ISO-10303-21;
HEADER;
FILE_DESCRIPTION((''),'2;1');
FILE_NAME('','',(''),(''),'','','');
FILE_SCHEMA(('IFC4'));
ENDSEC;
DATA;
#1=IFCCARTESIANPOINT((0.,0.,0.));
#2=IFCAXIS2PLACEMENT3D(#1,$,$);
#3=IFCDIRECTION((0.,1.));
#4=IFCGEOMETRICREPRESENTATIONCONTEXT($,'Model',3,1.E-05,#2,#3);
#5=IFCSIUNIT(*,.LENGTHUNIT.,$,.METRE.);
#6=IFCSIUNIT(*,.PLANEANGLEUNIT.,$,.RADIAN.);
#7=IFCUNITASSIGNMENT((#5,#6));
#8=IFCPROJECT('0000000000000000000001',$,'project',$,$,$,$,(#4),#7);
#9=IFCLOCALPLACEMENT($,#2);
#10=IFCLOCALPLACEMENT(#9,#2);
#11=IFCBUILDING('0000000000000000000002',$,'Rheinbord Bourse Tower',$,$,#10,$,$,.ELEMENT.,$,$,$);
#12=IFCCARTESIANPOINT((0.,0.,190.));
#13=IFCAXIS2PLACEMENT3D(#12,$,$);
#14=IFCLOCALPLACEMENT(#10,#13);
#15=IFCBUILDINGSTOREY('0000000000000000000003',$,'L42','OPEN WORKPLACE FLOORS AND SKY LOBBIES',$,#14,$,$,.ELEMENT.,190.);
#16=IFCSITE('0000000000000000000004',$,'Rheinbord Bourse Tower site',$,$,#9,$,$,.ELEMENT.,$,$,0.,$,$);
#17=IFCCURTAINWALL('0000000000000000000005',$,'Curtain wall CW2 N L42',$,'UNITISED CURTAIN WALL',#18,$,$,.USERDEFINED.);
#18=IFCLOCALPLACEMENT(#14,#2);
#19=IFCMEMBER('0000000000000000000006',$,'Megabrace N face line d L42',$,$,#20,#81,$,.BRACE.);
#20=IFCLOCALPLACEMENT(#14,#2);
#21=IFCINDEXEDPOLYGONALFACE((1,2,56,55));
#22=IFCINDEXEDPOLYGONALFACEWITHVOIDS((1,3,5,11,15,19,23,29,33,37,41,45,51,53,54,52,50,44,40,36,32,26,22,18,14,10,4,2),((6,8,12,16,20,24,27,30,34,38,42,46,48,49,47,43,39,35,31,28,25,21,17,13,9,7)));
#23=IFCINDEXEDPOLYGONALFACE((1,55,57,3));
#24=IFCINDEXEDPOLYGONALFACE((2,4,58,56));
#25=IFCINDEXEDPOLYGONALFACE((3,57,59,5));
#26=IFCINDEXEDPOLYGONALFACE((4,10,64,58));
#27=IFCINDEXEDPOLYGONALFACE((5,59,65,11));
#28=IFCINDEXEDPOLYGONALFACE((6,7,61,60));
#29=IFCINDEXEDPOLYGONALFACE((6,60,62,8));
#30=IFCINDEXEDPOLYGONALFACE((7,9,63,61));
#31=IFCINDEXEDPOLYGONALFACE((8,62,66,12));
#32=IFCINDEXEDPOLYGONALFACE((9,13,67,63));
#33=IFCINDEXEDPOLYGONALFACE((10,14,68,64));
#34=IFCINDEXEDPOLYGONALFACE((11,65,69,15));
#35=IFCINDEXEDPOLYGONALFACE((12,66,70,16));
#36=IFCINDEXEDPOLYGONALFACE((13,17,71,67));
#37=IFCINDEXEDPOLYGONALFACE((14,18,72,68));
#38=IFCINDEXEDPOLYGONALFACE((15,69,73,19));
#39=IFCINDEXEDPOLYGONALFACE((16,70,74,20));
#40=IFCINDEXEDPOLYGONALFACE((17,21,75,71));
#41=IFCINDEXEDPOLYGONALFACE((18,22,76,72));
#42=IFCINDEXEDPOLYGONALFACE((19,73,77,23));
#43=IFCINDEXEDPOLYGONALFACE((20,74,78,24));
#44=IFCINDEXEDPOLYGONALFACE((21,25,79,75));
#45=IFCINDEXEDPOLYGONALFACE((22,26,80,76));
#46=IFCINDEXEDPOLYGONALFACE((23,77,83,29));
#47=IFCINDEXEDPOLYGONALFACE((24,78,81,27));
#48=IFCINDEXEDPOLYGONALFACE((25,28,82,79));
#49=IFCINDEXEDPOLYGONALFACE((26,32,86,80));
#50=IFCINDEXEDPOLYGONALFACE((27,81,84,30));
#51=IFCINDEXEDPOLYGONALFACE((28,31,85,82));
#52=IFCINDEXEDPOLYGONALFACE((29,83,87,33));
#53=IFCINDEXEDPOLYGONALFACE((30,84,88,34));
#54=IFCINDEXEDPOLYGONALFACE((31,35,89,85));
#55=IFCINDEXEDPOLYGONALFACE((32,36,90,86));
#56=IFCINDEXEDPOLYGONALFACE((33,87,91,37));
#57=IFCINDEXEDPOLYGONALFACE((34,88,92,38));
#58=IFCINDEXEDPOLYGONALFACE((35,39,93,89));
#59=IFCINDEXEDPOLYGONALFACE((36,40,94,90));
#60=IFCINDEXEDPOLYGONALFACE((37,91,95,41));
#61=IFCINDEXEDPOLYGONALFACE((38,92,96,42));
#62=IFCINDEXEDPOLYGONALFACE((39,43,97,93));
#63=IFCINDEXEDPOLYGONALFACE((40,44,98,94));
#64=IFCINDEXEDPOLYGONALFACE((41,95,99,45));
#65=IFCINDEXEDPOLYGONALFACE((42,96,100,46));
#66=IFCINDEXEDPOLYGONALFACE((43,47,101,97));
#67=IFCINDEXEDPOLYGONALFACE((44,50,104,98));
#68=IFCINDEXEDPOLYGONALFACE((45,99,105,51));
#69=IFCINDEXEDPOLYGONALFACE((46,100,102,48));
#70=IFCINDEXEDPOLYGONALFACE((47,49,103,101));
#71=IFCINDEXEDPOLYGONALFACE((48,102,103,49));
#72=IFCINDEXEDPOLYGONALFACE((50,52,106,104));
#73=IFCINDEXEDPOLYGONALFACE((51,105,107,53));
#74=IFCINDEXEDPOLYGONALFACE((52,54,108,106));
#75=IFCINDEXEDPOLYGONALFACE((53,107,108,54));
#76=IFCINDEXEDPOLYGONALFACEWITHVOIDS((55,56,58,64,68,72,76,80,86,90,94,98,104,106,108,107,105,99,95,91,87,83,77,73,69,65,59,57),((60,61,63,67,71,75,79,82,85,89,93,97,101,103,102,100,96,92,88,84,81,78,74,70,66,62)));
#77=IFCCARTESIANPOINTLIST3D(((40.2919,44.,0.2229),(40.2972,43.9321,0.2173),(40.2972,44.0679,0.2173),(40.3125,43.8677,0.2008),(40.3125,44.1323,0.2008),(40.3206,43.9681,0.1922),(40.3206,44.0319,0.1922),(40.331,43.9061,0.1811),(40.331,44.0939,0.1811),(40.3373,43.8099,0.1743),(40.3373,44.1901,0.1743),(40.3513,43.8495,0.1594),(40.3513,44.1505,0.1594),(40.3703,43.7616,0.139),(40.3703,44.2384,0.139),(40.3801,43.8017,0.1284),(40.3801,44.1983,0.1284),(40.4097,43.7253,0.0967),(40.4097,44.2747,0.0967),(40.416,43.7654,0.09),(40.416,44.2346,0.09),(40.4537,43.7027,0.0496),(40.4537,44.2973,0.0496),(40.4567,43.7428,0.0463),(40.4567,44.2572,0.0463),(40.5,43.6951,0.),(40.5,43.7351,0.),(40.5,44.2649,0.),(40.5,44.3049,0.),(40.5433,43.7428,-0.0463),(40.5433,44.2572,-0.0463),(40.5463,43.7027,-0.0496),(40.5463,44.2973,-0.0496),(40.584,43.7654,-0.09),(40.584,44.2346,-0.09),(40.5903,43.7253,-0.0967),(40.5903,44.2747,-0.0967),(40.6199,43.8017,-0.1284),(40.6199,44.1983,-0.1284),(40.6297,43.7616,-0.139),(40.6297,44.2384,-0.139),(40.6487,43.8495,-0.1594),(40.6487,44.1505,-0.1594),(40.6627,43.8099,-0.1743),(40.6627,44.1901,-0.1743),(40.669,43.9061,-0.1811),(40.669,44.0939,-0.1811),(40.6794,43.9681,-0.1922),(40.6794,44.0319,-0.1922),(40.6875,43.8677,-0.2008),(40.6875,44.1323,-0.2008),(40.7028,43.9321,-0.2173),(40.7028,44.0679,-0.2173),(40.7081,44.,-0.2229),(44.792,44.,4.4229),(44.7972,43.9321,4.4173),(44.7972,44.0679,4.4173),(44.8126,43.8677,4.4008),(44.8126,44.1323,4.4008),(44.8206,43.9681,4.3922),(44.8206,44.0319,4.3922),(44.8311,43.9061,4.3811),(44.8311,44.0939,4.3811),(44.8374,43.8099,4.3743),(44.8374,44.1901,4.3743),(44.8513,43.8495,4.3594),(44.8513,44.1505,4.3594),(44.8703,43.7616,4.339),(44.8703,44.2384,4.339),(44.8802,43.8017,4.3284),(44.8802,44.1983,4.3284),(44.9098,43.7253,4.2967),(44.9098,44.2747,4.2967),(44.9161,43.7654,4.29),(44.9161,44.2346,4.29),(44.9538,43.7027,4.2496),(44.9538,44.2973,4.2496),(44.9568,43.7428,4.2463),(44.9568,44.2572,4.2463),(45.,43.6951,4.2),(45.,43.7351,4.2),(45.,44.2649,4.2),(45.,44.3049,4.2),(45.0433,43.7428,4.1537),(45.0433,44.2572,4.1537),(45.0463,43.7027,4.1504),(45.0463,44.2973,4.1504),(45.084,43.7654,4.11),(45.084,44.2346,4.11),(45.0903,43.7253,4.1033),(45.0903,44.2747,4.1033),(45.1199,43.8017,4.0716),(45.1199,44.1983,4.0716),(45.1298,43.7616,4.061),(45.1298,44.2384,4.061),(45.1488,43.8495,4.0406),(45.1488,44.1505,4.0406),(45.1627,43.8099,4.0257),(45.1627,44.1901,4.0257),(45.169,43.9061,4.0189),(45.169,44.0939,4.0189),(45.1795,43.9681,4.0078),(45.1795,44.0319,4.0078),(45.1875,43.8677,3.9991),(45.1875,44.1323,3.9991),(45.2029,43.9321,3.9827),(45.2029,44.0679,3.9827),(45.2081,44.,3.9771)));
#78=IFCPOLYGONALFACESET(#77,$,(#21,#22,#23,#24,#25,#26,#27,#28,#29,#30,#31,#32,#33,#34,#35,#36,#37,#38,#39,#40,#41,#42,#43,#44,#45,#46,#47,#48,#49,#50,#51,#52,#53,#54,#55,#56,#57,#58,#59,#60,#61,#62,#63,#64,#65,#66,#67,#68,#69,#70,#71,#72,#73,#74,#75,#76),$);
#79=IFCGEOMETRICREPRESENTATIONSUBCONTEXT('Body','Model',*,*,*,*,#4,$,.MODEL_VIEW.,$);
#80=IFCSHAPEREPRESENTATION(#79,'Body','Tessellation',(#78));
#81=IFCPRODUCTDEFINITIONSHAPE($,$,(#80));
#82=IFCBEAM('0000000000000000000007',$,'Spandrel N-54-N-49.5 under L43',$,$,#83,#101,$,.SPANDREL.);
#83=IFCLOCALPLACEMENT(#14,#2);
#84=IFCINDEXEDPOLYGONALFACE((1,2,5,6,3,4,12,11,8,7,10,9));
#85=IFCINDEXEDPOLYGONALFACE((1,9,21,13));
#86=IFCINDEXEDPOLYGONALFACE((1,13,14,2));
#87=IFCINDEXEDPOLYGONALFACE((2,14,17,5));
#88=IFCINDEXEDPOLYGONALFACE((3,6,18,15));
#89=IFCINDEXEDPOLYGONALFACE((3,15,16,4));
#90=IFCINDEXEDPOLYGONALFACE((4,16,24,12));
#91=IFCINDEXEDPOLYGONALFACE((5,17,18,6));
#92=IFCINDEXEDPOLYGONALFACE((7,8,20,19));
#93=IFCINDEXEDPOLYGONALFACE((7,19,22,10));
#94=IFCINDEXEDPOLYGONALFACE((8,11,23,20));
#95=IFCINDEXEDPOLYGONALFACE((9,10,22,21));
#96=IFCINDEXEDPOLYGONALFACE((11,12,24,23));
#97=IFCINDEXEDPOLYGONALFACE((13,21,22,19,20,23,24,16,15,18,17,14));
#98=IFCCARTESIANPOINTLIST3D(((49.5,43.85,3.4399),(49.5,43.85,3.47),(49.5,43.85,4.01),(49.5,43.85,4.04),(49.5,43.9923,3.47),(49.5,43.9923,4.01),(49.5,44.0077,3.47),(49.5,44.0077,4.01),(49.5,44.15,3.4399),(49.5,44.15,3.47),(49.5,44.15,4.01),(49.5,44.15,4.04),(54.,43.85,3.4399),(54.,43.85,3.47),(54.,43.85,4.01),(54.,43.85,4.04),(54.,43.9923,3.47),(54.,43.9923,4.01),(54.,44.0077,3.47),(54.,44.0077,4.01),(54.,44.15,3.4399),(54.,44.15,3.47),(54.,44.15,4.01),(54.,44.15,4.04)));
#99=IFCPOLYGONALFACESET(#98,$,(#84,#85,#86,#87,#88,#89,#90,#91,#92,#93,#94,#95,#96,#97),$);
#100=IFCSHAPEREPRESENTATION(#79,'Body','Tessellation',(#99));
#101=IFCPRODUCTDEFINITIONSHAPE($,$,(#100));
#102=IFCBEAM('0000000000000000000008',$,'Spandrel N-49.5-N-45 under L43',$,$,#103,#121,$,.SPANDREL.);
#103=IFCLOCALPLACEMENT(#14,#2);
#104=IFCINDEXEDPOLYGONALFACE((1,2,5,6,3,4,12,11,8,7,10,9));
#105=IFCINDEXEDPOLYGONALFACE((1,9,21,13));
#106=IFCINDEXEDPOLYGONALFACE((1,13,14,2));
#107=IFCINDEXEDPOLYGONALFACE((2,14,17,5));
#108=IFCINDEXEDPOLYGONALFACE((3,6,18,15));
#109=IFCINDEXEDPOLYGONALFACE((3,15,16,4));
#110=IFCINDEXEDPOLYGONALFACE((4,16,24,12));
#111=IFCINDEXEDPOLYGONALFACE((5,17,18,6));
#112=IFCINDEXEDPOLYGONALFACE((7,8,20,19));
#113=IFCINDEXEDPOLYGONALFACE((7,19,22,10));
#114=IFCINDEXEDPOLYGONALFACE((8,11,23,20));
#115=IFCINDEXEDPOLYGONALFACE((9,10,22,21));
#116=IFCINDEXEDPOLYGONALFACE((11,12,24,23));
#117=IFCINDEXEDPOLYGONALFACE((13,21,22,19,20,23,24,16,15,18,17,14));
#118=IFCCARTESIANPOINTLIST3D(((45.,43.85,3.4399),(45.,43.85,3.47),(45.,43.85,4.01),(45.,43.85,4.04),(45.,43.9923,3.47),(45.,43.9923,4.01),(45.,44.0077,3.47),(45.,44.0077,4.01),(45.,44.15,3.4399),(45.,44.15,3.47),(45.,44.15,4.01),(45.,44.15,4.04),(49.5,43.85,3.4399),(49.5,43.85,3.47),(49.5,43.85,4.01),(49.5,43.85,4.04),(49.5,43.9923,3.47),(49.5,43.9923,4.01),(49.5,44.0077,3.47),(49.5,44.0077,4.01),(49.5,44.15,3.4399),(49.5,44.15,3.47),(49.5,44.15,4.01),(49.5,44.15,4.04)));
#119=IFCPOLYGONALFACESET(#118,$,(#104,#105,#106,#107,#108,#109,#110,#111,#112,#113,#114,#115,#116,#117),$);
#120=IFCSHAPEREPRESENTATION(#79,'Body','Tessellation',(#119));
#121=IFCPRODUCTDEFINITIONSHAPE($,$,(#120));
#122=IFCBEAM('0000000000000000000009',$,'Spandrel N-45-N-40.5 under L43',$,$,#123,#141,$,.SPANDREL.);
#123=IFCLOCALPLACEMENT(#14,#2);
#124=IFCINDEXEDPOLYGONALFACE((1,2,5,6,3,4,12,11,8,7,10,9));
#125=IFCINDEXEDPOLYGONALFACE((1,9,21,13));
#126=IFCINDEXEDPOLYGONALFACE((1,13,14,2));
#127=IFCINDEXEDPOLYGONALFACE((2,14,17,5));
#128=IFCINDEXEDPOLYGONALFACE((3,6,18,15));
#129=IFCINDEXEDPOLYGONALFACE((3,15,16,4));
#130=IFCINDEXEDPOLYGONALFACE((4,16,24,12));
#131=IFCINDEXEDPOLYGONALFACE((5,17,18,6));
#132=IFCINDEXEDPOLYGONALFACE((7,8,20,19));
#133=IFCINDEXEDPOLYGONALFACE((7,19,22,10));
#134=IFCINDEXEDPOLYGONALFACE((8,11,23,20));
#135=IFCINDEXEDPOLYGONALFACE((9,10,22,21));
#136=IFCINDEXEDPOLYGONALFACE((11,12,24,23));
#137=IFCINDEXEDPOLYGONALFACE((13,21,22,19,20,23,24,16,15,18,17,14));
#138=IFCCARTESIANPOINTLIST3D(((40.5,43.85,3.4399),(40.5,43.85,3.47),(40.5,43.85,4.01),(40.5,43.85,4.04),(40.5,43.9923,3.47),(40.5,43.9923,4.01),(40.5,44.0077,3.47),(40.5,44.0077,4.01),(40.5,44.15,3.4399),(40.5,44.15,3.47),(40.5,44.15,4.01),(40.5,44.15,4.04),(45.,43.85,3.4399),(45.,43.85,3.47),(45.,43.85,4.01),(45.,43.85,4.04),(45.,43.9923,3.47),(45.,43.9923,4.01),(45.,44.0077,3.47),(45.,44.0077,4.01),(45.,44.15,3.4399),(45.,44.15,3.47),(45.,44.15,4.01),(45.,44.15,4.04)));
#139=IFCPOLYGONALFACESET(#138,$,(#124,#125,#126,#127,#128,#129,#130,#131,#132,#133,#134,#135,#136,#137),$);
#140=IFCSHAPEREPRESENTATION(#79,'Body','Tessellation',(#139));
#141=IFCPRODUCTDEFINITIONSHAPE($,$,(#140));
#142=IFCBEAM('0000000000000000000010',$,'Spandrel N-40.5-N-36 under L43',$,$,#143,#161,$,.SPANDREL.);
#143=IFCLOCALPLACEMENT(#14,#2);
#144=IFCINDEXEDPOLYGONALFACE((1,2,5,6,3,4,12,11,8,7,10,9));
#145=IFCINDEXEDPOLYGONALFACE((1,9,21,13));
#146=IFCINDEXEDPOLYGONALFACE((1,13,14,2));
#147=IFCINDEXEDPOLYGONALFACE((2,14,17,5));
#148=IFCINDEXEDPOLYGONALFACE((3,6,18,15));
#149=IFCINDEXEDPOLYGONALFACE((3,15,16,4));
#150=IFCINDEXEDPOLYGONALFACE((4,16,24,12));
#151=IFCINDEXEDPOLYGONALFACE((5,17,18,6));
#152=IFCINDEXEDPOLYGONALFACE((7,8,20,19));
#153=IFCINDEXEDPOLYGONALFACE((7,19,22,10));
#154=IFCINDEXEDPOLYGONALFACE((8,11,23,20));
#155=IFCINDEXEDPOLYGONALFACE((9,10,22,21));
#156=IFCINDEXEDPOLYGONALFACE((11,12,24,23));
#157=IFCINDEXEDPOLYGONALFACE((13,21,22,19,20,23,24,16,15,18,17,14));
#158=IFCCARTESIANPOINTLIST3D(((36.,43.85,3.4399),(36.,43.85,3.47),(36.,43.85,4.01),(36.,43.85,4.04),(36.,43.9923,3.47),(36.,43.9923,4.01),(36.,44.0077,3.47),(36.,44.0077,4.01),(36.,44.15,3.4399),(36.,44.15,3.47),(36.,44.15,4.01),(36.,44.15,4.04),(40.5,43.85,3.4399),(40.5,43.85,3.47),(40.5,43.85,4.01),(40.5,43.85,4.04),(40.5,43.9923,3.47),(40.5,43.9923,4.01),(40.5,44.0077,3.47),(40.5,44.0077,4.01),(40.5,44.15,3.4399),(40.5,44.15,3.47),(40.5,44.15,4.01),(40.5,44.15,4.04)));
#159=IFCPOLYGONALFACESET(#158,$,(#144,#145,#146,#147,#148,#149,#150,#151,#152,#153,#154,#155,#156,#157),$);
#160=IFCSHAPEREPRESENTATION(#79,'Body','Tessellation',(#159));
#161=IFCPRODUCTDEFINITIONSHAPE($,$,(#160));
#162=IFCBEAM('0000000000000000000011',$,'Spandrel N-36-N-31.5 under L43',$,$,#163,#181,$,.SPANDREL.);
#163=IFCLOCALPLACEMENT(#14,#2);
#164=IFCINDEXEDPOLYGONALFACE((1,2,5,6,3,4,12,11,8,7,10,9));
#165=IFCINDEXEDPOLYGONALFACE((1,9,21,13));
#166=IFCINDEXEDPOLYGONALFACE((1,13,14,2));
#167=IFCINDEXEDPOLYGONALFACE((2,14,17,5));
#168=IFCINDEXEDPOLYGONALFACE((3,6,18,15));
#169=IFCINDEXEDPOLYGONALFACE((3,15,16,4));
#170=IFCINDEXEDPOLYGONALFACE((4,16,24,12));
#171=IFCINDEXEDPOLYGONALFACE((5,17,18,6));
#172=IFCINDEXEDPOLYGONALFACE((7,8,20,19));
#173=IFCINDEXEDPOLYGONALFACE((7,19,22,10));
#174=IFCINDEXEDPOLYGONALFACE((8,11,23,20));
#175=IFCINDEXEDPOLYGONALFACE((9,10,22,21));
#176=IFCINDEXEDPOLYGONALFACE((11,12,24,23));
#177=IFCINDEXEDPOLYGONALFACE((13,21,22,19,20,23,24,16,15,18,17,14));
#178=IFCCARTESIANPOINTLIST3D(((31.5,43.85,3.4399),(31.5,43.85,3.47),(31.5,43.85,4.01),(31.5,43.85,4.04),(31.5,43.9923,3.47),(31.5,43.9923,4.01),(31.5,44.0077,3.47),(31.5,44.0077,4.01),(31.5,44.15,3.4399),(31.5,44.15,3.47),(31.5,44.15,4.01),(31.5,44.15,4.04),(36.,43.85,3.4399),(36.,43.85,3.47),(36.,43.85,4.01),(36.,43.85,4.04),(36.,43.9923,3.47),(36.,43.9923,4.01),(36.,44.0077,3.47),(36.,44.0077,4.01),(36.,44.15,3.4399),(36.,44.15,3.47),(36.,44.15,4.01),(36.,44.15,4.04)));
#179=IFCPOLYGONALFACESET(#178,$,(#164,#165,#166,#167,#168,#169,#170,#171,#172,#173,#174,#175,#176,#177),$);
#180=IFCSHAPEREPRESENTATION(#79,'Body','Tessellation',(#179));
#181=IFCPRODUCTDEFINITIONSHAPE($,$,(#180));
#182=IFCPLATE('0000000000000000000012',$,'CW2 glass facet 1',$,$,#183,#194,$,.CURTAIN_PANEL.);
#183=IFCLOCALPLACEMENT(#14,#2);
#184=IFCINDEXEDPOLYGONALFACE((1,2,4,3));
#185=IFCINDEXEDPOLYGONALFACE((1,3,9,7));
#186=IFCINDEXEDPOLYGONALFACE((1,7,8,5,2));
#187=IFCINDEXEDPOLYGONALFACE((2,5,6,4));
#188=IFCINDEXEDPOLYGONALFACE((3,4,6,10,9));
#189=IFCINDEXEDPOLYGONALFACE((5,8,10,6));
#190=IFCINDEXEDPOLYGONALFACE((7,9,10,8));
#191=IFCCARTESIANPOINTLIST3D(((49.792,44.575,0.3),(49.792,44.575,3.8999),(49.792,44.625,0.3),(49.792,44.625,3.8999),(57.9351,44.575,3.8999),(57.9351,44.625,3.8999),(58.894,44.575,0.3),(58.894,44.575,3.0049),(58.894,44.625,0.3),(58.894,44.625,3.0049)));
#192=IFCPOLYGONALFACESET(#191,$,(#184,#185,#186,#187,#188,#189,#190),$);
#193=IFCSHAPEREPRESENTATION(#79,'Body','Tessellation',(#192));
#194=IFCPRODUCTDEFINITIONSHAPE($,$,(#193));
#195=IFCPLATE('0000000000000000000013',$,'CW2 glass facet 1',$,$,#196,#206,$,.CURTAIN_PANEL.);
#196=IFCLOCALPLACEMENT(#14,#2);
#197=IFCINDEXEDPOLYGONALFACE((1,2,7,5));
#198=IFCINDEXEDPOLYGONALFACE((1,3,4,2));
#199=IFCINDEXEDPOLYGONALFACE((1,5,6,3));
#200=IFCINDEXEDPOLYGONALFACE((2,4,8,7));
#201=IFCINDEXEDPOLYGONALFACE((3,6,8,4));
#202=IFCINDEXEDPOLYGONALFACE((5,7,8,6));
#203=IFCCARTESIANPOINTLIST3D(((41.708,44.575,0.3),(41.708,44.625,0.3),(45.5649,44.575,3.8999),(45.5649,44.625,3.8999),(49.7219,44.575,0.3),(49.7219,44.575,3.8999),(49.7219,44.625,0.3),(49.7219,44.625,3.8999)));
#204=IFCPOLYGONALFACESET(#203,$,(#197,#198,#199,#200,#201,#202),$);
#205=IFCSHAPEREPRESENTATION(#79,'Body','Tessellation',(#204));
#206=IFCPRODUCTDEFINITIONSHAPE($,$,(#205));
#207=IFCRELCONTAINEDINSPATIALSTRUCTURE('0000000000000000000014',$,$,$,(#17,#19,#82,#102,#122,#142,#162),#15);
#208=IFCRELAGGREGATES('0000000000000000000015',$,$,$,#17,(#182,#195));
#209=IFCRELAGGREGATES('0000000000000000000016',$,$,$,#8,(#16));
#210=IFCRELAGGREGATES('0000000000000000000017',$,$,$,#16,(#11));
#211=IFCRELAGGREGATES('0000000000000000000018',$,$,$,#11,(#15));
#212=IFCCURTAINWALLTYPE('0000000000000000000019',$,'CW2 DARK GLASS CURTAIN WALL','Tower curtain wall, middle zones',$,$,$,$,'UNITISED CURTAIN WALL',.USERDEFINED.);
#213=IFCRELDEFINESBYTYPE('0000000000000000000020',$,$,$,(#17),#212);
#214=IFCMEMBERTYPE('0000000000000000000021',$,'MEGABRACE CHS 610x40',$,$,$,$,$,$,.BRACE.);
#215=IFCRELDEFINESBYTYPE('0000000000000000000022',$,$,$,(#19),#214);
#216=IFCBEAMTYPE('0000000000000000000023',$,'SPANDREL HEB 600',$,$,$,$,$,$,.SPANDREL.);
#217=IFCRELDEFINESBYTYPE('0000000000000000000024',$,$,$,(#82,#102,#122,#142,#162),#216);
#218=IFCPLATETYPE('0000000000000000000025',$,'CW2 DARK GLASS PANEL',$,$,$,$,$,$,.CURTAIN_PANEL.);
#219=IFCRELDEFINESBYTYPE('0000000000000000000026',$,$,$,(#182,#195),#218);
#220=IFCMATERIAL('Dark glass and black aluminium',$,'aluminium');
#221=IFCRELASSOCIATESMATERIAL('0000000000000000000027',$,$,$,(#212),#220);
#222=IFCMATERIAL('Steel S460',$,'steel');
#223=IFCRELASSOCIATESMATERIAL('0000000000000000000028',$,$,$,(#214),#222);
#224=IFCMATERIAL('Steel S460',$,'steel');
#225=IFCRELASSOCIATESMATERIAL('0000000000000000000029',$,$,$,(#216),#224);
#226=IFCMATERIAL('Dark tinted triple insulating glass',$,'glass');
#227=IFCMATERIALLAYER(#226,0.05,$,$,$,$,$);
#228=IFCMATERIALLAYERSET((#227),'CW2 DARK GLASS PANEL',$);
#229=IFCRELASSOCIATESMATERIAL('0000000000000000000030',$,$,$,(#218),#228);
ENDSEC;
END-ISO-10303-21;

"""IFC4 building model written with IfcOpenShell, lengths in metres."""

from ifc_helpers import new_model, si_unit, direction, frame, origin, origin_2d, place, context, subcontext, project, spatial, polyline, hollow_circle, i_section, outline, extrude, material, layer, layer_set, material_profile, profile_set, type_object, element, aggregate, save


model = new_model("IFC4")

# Units and contexts
model_context = context("Model", 3, precision=1e-05, world=origin(), true_north=direction((0.0, 1.0)))
body_context = subcontext(model_context, "Body", "Model", "MODEL_VIEW")
ifc_project = project(units=[si_unit("LENGTHUNIT", "METRE"), si_unit("PLANEANGLEUNIT", "RADIAN")], contexts=[model_context])

# Site, building, storey
site_placement = place(None, origin())
site = spatial("IfcSite", under=ifc_project, at=site_placement, Name="Rheinbord Bourse Tower site", CompositionType="ELEMENT", RefElevation=0.0)
building_placement = place(site_placement, origin())
building = spatial("IfcBuilding", under=site, at=building_placement, Name="Rheinbord Bourse Tower", CompositionType="ELEMENT")
storey_placement = place(building_placement, frame((0.0, 0.0, 190.0)))
storey = spatial("IfcBuildingStorey", under=building, at=storey_placement, Name="L42", Description="OPEN WORKPLACE FLOORS AND SKY LOBBIES", CompositionType="ELEMENT", Elevation=190.0)

# Curtain wall
ifc_material_1 = material(Name="Dark glass and black aluminium", Category="aluminium")
curtain_wall_type = type_object("IfcCurtainWallType", Name="CW2 DARK GLASS CURTAIN WALL", Description="Tower curtain wall, middle zones", ElementType="UNITISED CURTAIN WALL", PredefinedType="USERDEFINED", material=ifc_material_1)
curtain_wall_placement = place(storey_placement, origin())
curtain_wall = element("IfcCurtainWall", 1, at=curtain_wall_placement, inside=storey, type_object=curtain_wall_type, Name="Curtain wall CW2 N L42", ObjectType="UNITISED CURTAIN WALL", PredefinedType="USERDEFINED")

# Member
ifc_material_2 = material(Name="Steel S460", Category="steel")
ifc_material_profile_1 = material_profile(ifc_material_2, hollow_circle(Radius=0.3049, WallThickness=0.04, at=origin_2d()), Name="CHS 610x40")
ifc_profile_set_1 = profile_set([ifc_material_profile_1], Name="Steel S460")
member_type_1 = type_object("IfcMemberType", Name="MEGABRACE CHS 610x40", PredefinedType="BRACE", material=ifc_profile_set_1)
member_1_placement = place(storey_placement, frame((40.5, 44.0, 0.0), z_axis=(0.731059, 0.0, 0.682314), x_axis=(0.0, 1.0, 0.0)))
element("IfcMember", 2, at=member_1_placement, inside=storey, type_object=member_type_1, Name="Megabrace N face line d L42", PredefinedType="BRACE", context=body_context, shape_type="SweptSolid", body=[
    extrude(hollow_circle(Radius=0.3049, WallThickness=0.04, at=origin_2d()), origin(), (0.0, 0.0, 1.0), 6.1555),
])

# Beams
ifc_material_3 = material(Name="Steel S460", Category="steel")
ifc_material_profile_2 = material_profile(ifc_material_3, i_section(OverallWidth=0.3, OverallDepth=0.6001, WebThickness=0.0154, FlangeThickness=0.03, at=origin_2d()), Name="HEB 600")
ifc_profile_set_2 = profile_set([ifc_material_profile_2], Name="Steel S460")
beam_type_1 = type_object("IfcBeamType", Name="SPANDREL HEB 600", PredefinedType="SPANDREL", material=ifc_profile_set_2)
for number, where, z_axis, x_axis, name in (
    (3, (54.0, 44.0, 3.74), (-1.0, 0.0, 0.0), (0.0, -1.0, 0.0), "Spandrel N-54-N-49.5 under L43"),
    (4, (49.5, 44.0, 3.74), (-1.0, 0.0, 0.0), (0.0, -1.0, 0.0), "Spandrel N-49.5-N-45 under L43"),
    (5, (45.0, 44.0, 3.74), (-1.0, 0.0, 0.0), (0.0, -1.0, 0.0), "Spandrel N-45-N-40.5 under L43"),
    (6, (40.5, 44.0, 3.74), (-1.0, 0.0, 0.0), (0.0, -1.0, 0.0), "Spandrel N-40.5-N-36 under L43"),
    (7, (36.0, 44.0, 3.74), (-1.0, 0.0, 0.0), (0.0, -1.0, 0.0), "Spandrel N-36-N-31.5 under L43"),
):
    element("IfcBeam", number, at=place(storey_placement, frame(where, z_axis=z_axis, x_axis=x_axis)), inside=storey, type_object=beam_type_1, Name=name, PredefinedType="SPANDREL", context=body_context, shape_type="SweptSolid", body=[
        extrude(i_section(OverallWidth=0.3, OverallDepth=0.6001, WebThickness=0.0154, FlangeThickness=0.03, at=origin_2d()), origin(), (0.0, 0.0, 1.0), 4.5),
    ])

# Plates
ifc_material_4 = material(Name="Dark tinted triple insulating glass", Category="glass")
ifc_layer_1 = layer(ifc_material_4, 0.05)
ifc_layer_set_1 = layer_set([ifc_layer_1], Name="CW2 DARK GLASS PANEL")
plate_type = type_object("IfcPlateType", Name="CW2 DARK GLASS PANEL", PredefinedType="CURTAIN_PANEL", material=ifc_layer_set_1)
plate_1_placement = place(storey_placement, frame((49.792, 44.625, 3.8999), z_axis=(0.0, -1.0, 0.0), x_axis=(0.0, 0.0, -1.0)))
plate_1 = element("IfcPlate", 8, at=plate_1_placement, type_object=plate_type, Name="CW2 glass facet 1", PredefinedType="CURTAIN_PANEL", context=body_context, shape_type="SweptSolid", body=[
    extrude(outline(polyline([(0.0, 0.0), (3.5999, 0.0), (3.5999, 9.1021), (0.895, 9.1021), (0.0, 8.1431), (0.0, 0.0)])), origin(), (0.0, 0.0, 1.0), 0.05),
])
plate_2_placement = place(storey_placement, frame((49.7219, 44.625, 0.3), z_axis=(0.0, -1.0, 0.0), x_axis=(0.0, 0.0, 1.0)))
plate_2 = element("IfcPlate", 9, at=plate_2_placement, type_object=plate_type, Name="CW2 glass facet 1", PredefinedType="CURTAIN_PANEL", context=body_context, shape_type="SweptSolid", body=[
    extrude(outline(polyline([(0.0, 0.0), (3.5999, 0.0), (3.5999, 4.157), (0.0, 8.0139), (0.0, 0.0)])), origin(), (0.0, 0.0, 1.0), 0.05),
])
aggregate(curtain_wall, [plate_1, plate_2])

save(model, "model.ifc")
